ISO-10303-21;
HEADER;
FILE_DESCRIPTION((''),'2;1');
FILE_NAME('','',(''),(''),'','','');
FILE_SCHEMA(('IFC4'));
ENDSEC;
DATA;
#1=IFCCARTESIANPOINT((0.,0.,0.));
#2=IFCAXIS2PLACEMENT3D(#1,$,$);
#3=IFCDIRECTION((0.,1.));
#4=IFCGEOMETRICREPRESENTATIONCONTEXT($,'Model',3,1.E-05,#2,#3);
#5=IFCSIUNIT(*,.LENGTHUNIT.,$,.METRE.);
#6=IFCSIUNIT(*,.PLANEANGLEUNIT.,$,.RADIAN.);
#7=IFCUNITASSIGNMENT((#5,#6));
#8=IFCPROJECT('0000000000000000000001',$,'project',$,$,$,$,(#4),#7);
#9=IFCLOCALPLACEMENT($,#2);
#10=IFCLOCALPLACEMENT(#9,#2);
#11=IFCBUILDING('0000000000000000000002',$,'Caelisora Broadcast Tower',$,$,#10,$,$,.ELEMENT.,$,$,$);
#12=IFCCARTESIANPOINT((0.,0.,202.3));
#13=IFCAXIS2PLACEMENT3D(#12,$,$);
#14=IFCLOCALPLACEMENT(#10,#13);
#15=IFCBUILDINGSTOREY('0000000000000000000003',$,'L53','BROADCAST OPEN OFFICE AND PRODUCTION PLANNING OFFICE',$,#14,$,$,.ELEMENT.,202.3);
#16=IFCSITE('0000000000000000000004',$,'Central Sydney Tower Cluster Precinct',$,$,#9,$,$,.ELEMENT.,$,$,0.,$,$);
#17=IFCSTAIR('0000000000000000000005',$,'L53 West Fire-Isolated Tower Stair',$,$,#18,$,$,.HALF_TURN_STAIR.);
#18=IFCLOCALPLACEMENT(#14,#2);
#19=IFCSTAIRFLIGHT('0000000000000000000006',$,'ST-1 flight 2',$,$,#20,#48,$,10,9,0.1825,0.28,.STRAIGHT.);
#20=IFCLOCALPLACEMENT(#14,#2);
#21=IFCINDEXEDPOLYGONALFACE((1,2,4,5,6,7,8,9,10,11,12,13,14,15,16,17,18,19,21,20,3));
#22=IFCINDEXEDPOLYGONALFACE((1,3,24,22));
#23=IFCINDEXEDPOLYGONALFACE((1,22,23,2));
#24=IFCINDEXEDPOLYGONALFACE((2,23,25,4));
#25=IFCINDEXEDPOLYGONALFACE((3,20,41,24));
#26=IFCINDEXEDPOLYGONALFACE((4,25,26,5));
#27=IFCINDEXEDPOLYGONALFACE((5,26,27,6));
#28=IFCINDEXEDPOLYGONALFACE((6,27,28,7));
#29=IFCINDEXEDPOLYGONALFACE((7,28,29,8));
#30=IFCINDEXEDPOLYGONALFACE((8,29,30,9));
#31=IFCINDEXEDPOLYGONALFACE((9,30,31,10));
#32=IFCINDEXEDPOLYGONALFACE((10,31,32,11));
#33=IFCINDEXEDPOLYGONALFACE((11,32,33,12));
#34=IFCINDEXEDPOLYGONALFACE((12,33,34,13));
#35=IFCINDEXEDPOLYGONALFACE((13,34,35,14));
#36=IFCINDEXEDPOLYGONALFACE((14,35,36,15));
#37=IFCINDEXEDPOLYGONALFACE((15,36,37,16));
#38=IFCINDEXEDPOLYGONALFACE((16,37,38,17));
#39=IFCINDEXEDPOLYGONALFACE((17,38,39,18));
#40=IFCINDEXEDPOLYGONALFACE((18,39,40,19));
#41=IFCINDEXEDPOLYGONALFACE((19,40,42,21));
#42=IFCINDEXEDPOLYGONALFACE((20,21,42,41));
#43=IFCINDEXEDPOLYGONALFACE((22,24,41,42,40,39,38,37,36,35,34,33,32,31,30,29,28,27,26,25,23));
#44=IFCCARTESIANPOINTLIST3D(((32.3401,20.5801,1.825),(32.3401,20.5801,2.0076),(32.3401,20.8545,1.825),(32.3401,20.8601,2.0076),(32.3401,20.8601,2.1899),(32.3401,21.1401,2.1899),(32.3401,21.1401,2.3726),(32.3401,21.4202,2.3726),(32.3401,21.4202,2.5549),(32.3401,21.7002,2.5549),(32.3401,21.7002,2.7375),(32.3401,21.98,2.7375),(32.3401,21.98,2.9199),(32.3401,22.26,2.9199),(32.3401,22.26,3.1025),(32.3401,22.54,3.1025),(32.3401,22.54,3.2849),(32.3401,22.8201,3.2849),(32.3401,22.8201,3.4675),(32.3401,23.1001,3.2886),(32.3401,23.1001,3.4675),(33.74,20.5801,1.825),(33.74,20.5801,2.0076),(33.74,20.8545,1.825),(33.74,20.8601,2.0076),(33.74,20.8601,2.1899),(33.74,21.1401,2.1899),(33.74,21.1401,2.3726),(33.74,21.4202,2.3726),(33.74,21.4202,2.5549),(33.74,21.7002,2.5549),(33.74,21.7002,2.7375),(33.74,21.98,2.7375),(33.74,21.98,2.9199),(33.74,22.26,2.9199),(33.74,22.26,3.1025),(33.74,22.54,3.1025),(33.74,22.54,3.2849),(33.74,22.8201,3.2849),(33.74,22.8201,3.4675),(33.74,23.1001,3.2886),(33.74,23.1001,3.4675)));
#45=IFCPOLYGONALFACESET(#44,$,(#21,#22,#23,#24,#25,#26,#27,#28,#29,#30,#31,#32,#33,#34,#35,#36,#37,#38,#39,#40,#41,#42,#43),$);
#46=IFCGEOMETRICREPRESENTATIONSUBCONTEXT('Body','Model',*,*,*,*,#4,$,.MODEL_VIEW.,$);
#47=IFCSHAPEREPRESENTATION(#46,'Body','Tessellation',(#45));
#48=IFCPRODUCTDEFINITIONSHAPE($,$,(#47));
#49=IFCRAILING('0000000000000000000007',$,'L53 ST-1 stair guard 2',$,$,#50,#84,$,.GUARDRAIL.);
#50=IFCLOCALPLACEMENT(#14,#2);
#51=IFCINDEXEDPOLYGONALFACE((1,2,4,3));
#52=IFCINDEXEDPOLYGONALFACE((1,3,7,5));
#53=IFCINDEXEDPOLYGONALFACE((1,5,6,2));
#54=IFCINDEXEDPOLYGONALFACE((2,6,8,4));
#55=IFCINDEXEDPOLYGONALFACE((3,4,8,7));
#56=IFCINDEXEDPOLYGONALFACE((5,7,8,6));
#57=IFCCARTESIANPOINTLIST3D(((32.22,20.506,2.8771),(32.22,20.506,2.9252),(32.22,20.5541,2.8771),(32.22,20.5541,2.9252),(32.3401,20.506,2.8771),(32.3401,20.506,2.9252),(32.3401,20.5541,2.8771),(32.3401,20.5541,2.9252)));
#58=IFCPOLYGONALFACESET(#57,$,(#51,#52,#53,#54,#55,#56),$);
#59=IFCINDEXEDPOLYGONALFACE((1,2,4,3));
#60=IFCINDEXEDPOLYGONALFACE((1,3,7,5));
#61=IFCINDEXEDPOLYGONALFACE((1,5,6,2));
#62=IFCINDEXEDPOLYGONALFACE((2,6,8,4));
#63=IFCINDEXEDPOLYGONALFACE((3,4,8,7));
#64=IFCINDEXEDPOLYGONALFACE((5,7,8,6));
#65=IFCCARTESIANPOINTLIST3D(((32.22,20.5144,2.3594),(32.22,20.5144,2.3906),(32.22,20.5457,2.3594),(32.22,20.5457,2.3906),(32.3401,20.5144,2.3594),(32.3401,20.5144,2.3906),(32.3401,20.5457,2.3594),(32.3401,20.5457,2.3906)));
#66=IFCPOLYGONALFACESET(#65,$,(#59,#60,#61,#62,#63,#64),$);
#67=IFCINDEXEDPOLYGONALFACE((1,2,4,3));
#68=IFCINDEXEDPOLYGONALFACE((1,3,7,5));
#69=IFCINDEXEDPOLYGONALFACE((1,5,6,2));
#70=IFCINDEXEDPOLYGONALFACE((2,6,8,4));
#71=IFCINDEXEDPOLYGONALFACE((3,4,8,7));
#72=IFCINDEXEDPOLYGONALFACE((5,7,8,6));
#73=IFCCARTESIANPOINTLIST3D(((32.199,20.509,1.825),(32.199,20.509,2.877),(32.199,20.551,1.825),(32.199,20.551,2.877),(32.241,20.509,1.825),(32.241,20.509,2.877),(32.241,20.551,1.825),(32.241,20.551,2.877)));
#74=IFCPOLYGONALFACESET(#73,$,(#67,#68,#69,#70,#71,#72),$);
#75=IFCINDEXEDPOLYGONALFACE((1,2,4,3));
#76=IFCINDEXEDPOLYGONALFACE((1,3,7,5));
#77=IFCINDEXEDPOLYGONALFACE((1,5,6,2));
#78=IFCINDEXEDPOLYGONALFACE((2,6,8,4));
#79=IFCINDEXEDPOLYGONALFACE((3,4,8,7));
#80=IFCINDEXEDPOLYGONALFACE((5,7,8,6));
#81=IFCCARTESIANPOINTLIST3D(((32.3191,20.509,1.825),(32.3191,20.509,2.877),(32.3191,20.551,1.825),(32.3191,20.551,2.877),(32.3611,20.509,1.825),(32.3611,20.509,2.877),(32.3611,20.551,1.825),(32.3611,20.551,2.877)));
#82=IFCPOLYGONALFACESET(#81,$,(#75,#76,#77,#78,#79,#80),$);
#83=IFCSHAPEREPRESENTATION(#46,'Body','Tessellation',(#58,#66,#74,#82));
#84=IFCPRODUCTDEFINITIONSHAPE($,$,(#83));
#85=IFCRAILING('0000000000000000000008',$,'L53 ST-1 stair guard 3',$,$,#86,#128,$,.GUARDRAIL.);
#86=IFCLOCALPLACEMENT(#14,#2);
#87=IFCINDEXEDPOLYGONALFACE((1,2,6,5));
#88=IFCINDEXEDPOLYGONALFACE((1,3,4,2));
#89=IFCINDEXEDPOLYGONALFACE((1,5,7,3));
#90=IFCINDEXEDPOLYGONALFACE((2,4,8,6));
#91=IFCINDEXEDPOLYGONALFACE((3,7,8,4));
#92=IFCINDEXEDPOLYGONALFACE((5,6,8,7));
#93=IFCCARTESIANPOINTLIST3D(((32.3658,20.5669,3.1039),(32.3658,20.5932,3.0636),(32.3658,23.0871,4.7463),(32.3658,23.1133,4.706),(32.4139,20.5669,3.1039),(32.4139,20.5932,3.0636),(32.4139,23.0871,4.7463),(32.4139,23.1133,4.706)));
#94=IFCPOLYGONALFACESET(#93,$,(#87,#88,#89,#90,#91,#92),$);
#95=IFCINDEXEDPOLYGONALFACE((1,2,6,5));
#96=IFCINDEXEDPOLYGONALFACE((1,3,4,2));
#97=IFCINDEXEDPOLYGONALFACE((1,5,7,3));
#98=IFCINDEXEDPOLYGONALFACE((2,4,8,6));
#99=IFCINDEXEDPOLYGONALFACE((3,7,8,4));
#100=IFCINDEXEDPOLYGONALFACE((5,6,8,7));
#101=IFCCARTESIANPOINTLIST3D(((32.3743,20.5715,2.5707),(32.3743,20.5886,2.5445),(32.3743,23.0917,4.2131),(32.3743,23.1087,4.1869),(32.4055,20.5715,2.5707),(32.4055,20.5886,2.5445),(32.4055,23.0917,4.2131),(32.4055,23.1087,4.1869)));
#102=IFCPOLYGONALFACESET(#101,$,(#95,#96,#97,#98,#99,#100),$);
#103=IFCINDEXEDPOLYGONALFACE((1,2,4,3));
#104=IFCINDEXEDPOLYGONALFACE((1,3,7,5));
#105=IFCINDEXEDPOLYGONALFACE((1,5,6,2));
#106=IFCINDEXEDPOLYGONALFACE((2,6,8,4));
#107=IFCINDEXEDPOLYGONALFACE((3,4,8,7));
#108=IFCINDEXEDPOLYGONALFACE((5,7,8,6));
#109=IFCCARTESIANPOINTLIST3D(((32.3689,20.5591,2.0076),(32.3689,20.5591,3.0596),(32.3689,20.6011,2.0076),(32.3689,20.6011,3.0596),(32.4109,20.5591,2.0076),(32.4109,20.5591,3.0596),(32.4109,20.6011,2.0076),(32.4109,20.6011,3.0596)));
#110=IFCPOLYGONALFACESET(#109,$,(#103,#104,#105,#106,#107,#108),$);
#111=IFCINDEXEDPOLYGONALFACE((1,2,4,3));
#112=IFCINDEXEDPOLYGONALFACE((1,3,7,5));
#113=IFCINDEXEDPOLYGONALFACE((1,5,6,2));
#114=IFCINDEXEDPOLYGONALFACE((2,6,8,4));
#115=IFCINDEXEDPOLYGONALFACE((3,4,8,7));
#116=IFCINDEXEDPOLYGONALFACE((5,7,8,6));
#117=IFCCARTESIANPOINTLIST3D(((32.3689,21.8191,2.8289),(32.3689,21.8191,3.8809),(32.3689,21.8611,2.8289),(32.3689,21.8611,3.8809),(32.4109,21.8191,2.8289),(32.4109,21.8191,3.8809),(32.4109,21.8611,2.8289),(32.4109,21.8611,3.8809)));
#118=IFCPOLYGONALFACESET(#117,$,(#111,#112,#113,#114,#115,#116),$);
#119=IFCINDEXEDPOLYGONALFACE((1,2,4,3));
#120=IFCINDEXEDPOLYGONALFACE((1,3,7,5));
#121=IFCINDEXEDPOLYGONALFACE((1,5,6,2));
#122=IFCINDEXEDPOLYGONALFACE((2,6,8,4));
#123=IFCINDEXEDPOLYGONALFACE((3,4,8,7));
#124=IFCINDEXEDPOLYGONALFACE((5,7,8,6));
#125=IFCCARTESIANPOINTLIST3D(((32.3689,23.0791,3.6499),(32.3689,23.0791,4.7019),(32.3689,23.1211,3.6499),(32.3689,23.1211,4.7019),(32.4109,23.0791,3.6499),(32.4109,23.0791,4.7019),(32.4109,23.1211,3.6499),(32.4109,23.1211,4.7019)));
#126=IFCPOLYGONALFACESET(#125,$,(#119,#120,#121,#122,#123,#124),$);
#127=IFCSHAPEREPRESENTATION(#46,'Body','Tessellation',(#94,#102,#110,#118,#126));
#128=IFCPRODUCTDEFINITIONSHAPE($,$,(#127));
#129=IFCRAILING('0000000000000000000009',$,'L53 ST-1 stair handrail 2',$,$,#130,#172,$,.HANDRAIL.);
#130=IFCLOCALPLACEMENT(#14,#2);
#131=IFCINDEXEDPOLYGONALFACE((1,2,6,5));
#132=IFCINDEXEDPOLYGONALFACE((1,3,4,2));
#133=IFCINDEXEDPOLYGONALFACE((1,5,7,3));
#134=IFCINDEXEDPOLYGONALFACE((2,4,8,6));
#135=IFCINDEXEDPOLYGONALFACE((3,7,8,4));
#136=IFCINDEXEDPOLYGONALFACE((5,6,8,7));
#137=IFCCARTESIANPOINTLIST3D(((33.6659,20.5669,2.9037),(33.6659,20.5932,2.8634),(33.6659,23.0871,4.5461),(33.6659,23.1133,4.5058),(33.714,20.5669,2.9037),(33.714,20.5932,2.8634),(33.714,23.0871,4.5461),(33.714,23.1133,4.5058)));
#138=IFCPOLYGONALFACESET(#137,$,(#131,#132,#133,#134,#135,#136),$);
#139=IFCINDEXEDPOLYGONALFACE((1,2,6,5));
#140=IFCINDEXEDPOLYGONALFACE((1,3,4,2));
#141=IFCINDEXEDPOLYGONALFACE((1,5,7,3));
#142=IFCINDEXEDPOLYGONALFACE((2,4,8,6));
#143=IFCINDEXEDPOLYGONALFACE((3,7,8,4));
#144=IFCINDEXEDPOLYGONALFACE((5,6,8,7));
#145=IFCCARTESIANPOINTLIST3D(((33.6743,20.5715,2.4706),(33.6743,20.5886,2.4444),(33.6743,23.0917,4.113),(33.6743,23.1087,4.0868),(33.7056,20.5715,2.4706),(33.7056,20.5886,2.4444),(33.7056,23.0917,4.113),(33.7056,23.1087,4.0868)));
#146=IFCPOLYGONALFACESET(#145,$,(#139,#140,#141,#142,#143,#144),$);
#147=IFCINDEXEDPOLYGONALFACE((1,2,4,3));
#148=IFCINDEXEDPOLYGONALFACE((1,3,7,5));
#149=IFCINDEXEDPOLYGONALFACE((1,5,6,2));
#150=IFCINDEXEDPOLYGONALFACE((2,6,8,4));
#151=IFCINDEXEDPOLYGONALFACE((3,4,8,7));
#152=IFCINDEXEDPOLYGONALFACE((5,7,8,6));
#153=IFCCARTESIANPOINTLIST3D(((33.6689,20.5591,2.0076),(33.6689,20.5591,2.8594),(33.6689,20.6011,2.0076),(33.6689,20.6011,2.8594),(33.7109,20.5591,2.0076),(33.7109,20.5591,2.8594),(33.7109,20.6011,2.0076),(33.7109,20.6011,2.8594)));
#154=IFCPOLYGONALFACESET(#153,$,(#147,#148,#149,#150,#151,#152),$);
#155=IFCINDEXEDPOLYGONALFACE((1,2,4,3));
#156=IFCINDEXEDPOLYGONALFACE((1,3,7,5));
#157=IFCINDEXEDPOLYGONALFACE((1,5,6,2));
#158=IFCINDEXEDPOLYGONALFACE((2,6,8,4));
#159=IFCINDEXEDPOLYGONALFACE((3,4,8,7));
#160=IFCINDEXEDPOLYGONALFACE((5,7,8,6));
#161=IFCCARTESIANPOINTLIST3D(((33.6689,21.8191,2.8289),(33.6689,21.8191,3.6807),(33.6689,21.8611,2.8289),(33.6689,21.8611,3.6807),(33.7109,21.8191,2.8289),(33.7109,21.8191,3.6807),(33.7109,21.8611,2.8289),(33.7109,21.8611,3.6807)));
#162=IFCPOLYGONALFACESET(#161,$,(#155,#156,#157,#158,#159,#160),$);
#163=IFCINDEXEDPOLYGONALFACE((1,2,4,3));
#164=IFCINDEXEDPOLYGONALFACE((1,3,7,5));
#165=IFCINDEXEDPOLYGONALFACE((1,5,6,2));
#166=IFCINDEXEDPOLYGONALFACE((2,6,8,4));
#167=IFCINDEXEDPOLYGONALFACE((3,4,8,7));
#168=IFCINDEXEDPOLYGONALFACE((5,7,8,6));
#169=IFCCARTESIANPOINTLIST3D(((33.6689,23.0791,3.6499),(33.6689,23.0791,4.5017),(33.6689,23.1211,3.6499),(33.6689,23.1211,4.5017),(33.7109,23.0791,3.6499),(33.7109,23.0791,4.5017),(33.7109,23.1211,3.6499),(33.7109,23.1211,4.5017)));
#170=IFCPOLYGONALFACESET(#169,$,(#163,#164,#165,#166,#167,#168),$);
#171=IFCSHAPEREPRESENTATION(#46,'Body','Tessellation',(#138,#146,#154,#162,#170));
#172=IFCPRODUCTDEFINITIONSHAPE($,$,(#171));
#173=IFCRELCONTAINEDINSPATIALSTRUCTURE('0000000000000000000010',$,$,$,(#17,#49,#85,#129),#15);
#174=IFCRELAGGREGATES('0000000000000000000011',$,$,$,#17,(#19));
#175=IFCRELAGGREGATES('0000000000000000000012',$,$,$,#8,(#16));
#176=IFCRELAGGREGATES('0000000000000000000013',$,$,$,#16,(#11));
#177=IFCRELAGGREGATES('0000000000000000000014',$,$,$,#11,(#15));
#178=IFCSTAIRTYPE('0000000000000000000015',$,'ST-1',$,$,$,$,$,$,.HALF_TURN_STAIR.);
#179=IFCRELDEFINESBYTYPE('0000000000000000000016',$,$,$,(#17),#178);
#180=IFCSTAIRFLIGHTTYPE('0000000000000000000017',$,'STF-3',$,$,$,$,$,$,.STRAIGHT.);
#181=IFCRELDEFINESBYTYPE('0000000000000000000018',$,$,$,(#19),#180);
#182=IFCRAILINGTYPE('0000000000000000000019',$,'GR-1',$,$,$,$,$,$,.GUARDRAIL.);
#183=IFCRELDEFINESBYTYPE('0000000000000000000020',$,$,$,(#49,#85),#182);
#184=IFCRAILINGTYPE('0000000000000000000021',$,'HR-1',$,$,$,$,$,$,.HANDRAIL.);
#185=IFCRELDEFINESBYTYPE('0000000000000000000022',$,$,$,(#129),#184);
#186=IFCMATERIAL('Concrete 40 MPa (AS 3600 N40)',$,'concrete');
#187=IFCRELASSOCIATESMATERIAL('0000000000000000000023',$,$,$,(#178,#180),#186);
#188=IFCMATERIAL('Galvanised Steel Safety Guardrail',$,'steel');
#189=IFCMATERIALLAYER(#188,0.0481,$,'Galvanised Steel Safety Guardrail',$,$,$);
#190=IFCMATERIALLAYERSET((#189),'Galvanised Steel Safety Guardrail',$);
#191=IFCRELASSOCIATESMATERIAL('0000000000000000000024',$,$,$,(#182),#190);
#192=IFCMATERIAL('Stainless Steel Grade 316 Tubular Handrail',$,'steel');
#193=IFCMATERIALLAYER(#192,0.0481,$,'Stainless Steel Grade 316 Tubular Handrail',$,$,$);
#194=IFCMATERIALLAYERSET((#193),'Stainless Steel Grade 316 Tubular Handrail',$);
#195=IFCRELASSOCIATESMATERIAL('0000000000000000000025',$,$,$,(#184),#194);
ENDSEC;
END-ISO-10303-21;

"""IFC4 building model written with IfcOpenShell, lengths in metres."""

from ifc_helpers import new_model, si_unit, direction, frame, origin, origin_2d, place, context, subcontext, project, spatial, polyline, rectangle, outline, extrude, material, layer, layer_set, type_object, element, aggregate, save


model = new_model("IFC4")

# Units and contexts
model_context = context("Model", 3, precision=1e-05, world=origin(), true_north=direction((0.0, 1.0)))
body_context = subcontext(model_context, "Body", "Model", "MODEL_VIEW")
ifc_project = project(units=[si_unit("LENGTHUNIT", "METRE"), si_unit("PLANEANGLEUNIT", "RADIAN")], contexts=[model_context])

# Site, building, storey
site_placement = place(None, origin())
site = spatial("IfcSite", under=ifc_project, at=site_placement, Name="Central Sydney Tower Cluster Precinct", CompositionType="ELEMENT", RefElevation=0.0)
building_placement = place(site_placement, origin())
building = spatial("IfcBuilding", under=site, at=building_placement, Name="Caelisora Broadcast Tower", CompositionType="ELEMENT")
storey_placement = place(building_placement, frame((0.0, 0.0, 202.3)))
storey = spatial("IfcBuildingStorey", under=building, at=storey_placement, Name="L53", Description="BROADCAST OPEN OFFICE AND PRODUCTION PLANNING OFFICE", CompositionType="ELEMENT", Elevation=202.3)

# Stair, stair flight
ifc_material_1 = material(Name="Concrete 40 MPa (AS 3600 N40)", Category="concrete")
stair_type = type_object("IfcStairType", Name="ST-1", PredefinedType="HALF_TURN_STAIR", material=ifc_material_1)
stair_placement = place(storey_placement, origin())
stair = element("IfcStair", 1, at=stair_placement, inside=storey, type_object=stair_type, Name="L53 West Fire-Isolated Tower Stair", PredefinedType="HALF_TURN_STAIR")
stair_flight_type = type_object("IfcStairFlightType", Name="STF-3", PredefinedType="STRAIGHT", material=ifc_material_1)
stair_flight_placement = place(storey_placement, frame((33.04, 20.5801, 1.825), z_axis=(0.0, 0.0, 1.0), x_axis=(0.0, 1.0, 0.0)))
stair_flight = element("IfcStairFlight", 2, at=stair_flight_placement, type_object=stair_flight_type, Name="ST-1 flight 2", NumberOfRisers=10, NumberOfTreads=9, PredefinedType="STRAIGHT", RiserHeight=0.1825, TreadLength=0.28, context=body_context, shape_type="SweptSolid", body=[
    extrude(outline(polyline([(0.0, 0.0), (0.0, 0.1826), (0.28, 0.1826), (0.28, 0.365), (0.5601, 0.365), (0.5601, 0.5476), (0.8401, 0.5476), (0.8401, 0.73), (1.1201, 0.73), (1.1201, 0.9126), (1.3999, 0.9126), (1.3999, 1.095), (1.6799, 1.095), (1.6799, 1.2776), (1.96, 1.2776), (1.96, 1.46), (2.24, 1.46), (2.24, 1.6426), (2.52, 1.6426), (2.52, 1.825), (2.52, 1.4636), (0.2744, 0.0), (0.0, 0.0)])), frame((0.0, 0.7, 0.0), z_axis=(0.0, -1.0, 0.0), x_axis=(1.0, 0.0, 0.0)), (0.0, 0.0, 1.0), 1.3999),
])
aggregate(stair, [stair_flight])

# Railings
ifc_material_2 = material(Name="Galvanised Steel Safety Guardrail", Category="steel")
ifc_layer_1 = layer(ifc_material_2, 0.0481, Name="Galvanised Steel Safety Guardrail")
ifc_layer_set_1 = layer_set([ifc_layer_1], Name="Galvanised Steel Safety Guardrail")
railing_type_1 = type_object("IfcRailingType", Name="GR-1", PredefinedType="GUARDRAIL", material=ifc_layer_set_1)
railing_1_placement = place(storey_placement, frame((32.22, 20.53, 1.825)))
element("IfcRailing", 3, at=railing_1_placement, inside=storey, type_object=railing_type_1, Name="L53 ST-1 stair guard 2", PredefinedType="GUARDRAIL", context=body_context, shape_type="SweptSolid", body=[
    extrude(rectangle(XDim=0.0481, YDim=0.0481, at=origin_2d()), frame((0.0, 0.0, 1.0762), z_axis=(1.0, 0.0, 0.0), x_axis=(0.0, 1.0, 0.0)), (0.0, 0.0, 1.0), 0.1201),
    extrude(rectangle(XDim=0.0312, YDim=0.0312, at=origin_2d()), frame((0.0, 0.0, 0.55), z_axis=(1.0, 0.0, 0.0), x_axis=(0.0, 1.0, 0.0)), (0.0, 0.0, 1.0), 0.1201),
    extrude(rectangle(XDim=0.042, YDim=0.042, at=origin_2d()), origin(), (0.0, 0.0, 1.0), 1.052),
    extrude(rectangle(XDim=0.042, YDim=0.042, at=origin_2d()), frame((0.1201, 0.0, 0.0)), (0.0, 0.0, 1.0), 1.052),
])
railing_2_placement = place(storey_placement, frame((32.3899, 20.5801, 2.0076)))
element("IfcRailing", 4, at=railing_2_placement, inside=storey, type_object=railing_type_1, Name="L53 ST-1 stair guard 3", PredefinedType="GUARDRAIL", context=body_context, shape_type="SweptSolid", body=[
    extrude(rectangle(XDim=0.0481, YDim=0.0481, at=origin_2d()), frame((0.0, 0.0, 1.0762), z_axis=(0.0, 0.837787, 0.545998), x_axis=(-1.0, 0.0, 0.0)), (0.0, 0.0, 1.0), 3.0081),
    extrude(rectangle(XDim=0.0312, YDim=0.0312, at=origin_2d()), frame((0.0, 0.0, 0.55), z_axis=(0.0, 0.837787, 0.545998), x_axis=(-1.0, 0.0, 0.0)), (0.0, 0.0, 1.0), 3.0081),
    extrude(rectangle(XDim=0.042, YDim=0.042, at=origin_2d()), origin(), (0.0, 0.0, 1.0), 1.052),
    extrude(rectangle(XDim=0.042, YDim=0.042, at=origin_2d()), frame((0.0, 1.26, 0.8213)), (0.0, 0.0, 1.0), 1.052),
    extrude(rectangle(XDim=0.042, YDim=0.042, at=origin_2d()), frame((0.0, 2.52, 1.6423)), (0.0, 0.0, 1.0), 1.052),
])
ifc_material_3 = material(Name="Stainless Steel Grade 316 Tubular Handrail", Category="steel")
ifc_layer_2 = layer(ifc_material_3, 0.0481, Name="Stainless Steel Grade 316 Tubular Handrail")
ifc_layer_set_2 = layer_set([ifc_layer_2], Name="Stainless Steel Grade 316 Tubular Handrail")
railing_type_2 = type_object("IfcRailingType", Name="HR-1", PredefinedType="HANDRAIL", material=ifc_layer_set_2)
railing_3_placement = place(storey_placement, frame((33.6899, 20.5801, 2.0076)))
element("IfcRailing", 5, at=railing_3_placement, inside=storey, type_object=railing_type_2, Name="L53 ST-1 stair handrail 2", PredefinedType="HANDRAIL", context=body_context, shape_type="SweptSolid", body=[
    extrude(rectangle(XDim=0.0481, YDim=0.0481, at=origin_2d()), frame((0.0, 0.0, 0.876), z_axis=(0.0, 0.837787, 0.545998), x_axis=(-1.0, 0.0, 0.0)), (0.0, 0.0, 1.0), 3.0081),
    extrude(rectangle(XDim=0.0312, YDim=0.0312, at=origin_2d()), frame((0.0, 0.0, 0.45), z_axis=(0.0, 0.837787, 0.545998), x_axis=(-1.0, 0.0, 0.0)), (0.0, 0.0, 1.0), 3.0081),
    extrude(rectangle(XDim=0.042, YDim=0.042, at=origin_2d()), origin(), (0.0, 0.0, 1.0), 0.8518),
    extrude(rectangle(XDim=0.042, YDim=0.042, at=origin_2d()), frame((0.0, 1.26, 0.8213)), (0.0, 0.0, 1.0), 0.8518),
    extrude(rectangle(XDim=0.042, YDim=0.042, at=origin_2d()), frame((0.0, 2.52, 1.6423)), (0.0, 0.0, 1.0), 0.8518),
])

save(model, "model.ifc")
